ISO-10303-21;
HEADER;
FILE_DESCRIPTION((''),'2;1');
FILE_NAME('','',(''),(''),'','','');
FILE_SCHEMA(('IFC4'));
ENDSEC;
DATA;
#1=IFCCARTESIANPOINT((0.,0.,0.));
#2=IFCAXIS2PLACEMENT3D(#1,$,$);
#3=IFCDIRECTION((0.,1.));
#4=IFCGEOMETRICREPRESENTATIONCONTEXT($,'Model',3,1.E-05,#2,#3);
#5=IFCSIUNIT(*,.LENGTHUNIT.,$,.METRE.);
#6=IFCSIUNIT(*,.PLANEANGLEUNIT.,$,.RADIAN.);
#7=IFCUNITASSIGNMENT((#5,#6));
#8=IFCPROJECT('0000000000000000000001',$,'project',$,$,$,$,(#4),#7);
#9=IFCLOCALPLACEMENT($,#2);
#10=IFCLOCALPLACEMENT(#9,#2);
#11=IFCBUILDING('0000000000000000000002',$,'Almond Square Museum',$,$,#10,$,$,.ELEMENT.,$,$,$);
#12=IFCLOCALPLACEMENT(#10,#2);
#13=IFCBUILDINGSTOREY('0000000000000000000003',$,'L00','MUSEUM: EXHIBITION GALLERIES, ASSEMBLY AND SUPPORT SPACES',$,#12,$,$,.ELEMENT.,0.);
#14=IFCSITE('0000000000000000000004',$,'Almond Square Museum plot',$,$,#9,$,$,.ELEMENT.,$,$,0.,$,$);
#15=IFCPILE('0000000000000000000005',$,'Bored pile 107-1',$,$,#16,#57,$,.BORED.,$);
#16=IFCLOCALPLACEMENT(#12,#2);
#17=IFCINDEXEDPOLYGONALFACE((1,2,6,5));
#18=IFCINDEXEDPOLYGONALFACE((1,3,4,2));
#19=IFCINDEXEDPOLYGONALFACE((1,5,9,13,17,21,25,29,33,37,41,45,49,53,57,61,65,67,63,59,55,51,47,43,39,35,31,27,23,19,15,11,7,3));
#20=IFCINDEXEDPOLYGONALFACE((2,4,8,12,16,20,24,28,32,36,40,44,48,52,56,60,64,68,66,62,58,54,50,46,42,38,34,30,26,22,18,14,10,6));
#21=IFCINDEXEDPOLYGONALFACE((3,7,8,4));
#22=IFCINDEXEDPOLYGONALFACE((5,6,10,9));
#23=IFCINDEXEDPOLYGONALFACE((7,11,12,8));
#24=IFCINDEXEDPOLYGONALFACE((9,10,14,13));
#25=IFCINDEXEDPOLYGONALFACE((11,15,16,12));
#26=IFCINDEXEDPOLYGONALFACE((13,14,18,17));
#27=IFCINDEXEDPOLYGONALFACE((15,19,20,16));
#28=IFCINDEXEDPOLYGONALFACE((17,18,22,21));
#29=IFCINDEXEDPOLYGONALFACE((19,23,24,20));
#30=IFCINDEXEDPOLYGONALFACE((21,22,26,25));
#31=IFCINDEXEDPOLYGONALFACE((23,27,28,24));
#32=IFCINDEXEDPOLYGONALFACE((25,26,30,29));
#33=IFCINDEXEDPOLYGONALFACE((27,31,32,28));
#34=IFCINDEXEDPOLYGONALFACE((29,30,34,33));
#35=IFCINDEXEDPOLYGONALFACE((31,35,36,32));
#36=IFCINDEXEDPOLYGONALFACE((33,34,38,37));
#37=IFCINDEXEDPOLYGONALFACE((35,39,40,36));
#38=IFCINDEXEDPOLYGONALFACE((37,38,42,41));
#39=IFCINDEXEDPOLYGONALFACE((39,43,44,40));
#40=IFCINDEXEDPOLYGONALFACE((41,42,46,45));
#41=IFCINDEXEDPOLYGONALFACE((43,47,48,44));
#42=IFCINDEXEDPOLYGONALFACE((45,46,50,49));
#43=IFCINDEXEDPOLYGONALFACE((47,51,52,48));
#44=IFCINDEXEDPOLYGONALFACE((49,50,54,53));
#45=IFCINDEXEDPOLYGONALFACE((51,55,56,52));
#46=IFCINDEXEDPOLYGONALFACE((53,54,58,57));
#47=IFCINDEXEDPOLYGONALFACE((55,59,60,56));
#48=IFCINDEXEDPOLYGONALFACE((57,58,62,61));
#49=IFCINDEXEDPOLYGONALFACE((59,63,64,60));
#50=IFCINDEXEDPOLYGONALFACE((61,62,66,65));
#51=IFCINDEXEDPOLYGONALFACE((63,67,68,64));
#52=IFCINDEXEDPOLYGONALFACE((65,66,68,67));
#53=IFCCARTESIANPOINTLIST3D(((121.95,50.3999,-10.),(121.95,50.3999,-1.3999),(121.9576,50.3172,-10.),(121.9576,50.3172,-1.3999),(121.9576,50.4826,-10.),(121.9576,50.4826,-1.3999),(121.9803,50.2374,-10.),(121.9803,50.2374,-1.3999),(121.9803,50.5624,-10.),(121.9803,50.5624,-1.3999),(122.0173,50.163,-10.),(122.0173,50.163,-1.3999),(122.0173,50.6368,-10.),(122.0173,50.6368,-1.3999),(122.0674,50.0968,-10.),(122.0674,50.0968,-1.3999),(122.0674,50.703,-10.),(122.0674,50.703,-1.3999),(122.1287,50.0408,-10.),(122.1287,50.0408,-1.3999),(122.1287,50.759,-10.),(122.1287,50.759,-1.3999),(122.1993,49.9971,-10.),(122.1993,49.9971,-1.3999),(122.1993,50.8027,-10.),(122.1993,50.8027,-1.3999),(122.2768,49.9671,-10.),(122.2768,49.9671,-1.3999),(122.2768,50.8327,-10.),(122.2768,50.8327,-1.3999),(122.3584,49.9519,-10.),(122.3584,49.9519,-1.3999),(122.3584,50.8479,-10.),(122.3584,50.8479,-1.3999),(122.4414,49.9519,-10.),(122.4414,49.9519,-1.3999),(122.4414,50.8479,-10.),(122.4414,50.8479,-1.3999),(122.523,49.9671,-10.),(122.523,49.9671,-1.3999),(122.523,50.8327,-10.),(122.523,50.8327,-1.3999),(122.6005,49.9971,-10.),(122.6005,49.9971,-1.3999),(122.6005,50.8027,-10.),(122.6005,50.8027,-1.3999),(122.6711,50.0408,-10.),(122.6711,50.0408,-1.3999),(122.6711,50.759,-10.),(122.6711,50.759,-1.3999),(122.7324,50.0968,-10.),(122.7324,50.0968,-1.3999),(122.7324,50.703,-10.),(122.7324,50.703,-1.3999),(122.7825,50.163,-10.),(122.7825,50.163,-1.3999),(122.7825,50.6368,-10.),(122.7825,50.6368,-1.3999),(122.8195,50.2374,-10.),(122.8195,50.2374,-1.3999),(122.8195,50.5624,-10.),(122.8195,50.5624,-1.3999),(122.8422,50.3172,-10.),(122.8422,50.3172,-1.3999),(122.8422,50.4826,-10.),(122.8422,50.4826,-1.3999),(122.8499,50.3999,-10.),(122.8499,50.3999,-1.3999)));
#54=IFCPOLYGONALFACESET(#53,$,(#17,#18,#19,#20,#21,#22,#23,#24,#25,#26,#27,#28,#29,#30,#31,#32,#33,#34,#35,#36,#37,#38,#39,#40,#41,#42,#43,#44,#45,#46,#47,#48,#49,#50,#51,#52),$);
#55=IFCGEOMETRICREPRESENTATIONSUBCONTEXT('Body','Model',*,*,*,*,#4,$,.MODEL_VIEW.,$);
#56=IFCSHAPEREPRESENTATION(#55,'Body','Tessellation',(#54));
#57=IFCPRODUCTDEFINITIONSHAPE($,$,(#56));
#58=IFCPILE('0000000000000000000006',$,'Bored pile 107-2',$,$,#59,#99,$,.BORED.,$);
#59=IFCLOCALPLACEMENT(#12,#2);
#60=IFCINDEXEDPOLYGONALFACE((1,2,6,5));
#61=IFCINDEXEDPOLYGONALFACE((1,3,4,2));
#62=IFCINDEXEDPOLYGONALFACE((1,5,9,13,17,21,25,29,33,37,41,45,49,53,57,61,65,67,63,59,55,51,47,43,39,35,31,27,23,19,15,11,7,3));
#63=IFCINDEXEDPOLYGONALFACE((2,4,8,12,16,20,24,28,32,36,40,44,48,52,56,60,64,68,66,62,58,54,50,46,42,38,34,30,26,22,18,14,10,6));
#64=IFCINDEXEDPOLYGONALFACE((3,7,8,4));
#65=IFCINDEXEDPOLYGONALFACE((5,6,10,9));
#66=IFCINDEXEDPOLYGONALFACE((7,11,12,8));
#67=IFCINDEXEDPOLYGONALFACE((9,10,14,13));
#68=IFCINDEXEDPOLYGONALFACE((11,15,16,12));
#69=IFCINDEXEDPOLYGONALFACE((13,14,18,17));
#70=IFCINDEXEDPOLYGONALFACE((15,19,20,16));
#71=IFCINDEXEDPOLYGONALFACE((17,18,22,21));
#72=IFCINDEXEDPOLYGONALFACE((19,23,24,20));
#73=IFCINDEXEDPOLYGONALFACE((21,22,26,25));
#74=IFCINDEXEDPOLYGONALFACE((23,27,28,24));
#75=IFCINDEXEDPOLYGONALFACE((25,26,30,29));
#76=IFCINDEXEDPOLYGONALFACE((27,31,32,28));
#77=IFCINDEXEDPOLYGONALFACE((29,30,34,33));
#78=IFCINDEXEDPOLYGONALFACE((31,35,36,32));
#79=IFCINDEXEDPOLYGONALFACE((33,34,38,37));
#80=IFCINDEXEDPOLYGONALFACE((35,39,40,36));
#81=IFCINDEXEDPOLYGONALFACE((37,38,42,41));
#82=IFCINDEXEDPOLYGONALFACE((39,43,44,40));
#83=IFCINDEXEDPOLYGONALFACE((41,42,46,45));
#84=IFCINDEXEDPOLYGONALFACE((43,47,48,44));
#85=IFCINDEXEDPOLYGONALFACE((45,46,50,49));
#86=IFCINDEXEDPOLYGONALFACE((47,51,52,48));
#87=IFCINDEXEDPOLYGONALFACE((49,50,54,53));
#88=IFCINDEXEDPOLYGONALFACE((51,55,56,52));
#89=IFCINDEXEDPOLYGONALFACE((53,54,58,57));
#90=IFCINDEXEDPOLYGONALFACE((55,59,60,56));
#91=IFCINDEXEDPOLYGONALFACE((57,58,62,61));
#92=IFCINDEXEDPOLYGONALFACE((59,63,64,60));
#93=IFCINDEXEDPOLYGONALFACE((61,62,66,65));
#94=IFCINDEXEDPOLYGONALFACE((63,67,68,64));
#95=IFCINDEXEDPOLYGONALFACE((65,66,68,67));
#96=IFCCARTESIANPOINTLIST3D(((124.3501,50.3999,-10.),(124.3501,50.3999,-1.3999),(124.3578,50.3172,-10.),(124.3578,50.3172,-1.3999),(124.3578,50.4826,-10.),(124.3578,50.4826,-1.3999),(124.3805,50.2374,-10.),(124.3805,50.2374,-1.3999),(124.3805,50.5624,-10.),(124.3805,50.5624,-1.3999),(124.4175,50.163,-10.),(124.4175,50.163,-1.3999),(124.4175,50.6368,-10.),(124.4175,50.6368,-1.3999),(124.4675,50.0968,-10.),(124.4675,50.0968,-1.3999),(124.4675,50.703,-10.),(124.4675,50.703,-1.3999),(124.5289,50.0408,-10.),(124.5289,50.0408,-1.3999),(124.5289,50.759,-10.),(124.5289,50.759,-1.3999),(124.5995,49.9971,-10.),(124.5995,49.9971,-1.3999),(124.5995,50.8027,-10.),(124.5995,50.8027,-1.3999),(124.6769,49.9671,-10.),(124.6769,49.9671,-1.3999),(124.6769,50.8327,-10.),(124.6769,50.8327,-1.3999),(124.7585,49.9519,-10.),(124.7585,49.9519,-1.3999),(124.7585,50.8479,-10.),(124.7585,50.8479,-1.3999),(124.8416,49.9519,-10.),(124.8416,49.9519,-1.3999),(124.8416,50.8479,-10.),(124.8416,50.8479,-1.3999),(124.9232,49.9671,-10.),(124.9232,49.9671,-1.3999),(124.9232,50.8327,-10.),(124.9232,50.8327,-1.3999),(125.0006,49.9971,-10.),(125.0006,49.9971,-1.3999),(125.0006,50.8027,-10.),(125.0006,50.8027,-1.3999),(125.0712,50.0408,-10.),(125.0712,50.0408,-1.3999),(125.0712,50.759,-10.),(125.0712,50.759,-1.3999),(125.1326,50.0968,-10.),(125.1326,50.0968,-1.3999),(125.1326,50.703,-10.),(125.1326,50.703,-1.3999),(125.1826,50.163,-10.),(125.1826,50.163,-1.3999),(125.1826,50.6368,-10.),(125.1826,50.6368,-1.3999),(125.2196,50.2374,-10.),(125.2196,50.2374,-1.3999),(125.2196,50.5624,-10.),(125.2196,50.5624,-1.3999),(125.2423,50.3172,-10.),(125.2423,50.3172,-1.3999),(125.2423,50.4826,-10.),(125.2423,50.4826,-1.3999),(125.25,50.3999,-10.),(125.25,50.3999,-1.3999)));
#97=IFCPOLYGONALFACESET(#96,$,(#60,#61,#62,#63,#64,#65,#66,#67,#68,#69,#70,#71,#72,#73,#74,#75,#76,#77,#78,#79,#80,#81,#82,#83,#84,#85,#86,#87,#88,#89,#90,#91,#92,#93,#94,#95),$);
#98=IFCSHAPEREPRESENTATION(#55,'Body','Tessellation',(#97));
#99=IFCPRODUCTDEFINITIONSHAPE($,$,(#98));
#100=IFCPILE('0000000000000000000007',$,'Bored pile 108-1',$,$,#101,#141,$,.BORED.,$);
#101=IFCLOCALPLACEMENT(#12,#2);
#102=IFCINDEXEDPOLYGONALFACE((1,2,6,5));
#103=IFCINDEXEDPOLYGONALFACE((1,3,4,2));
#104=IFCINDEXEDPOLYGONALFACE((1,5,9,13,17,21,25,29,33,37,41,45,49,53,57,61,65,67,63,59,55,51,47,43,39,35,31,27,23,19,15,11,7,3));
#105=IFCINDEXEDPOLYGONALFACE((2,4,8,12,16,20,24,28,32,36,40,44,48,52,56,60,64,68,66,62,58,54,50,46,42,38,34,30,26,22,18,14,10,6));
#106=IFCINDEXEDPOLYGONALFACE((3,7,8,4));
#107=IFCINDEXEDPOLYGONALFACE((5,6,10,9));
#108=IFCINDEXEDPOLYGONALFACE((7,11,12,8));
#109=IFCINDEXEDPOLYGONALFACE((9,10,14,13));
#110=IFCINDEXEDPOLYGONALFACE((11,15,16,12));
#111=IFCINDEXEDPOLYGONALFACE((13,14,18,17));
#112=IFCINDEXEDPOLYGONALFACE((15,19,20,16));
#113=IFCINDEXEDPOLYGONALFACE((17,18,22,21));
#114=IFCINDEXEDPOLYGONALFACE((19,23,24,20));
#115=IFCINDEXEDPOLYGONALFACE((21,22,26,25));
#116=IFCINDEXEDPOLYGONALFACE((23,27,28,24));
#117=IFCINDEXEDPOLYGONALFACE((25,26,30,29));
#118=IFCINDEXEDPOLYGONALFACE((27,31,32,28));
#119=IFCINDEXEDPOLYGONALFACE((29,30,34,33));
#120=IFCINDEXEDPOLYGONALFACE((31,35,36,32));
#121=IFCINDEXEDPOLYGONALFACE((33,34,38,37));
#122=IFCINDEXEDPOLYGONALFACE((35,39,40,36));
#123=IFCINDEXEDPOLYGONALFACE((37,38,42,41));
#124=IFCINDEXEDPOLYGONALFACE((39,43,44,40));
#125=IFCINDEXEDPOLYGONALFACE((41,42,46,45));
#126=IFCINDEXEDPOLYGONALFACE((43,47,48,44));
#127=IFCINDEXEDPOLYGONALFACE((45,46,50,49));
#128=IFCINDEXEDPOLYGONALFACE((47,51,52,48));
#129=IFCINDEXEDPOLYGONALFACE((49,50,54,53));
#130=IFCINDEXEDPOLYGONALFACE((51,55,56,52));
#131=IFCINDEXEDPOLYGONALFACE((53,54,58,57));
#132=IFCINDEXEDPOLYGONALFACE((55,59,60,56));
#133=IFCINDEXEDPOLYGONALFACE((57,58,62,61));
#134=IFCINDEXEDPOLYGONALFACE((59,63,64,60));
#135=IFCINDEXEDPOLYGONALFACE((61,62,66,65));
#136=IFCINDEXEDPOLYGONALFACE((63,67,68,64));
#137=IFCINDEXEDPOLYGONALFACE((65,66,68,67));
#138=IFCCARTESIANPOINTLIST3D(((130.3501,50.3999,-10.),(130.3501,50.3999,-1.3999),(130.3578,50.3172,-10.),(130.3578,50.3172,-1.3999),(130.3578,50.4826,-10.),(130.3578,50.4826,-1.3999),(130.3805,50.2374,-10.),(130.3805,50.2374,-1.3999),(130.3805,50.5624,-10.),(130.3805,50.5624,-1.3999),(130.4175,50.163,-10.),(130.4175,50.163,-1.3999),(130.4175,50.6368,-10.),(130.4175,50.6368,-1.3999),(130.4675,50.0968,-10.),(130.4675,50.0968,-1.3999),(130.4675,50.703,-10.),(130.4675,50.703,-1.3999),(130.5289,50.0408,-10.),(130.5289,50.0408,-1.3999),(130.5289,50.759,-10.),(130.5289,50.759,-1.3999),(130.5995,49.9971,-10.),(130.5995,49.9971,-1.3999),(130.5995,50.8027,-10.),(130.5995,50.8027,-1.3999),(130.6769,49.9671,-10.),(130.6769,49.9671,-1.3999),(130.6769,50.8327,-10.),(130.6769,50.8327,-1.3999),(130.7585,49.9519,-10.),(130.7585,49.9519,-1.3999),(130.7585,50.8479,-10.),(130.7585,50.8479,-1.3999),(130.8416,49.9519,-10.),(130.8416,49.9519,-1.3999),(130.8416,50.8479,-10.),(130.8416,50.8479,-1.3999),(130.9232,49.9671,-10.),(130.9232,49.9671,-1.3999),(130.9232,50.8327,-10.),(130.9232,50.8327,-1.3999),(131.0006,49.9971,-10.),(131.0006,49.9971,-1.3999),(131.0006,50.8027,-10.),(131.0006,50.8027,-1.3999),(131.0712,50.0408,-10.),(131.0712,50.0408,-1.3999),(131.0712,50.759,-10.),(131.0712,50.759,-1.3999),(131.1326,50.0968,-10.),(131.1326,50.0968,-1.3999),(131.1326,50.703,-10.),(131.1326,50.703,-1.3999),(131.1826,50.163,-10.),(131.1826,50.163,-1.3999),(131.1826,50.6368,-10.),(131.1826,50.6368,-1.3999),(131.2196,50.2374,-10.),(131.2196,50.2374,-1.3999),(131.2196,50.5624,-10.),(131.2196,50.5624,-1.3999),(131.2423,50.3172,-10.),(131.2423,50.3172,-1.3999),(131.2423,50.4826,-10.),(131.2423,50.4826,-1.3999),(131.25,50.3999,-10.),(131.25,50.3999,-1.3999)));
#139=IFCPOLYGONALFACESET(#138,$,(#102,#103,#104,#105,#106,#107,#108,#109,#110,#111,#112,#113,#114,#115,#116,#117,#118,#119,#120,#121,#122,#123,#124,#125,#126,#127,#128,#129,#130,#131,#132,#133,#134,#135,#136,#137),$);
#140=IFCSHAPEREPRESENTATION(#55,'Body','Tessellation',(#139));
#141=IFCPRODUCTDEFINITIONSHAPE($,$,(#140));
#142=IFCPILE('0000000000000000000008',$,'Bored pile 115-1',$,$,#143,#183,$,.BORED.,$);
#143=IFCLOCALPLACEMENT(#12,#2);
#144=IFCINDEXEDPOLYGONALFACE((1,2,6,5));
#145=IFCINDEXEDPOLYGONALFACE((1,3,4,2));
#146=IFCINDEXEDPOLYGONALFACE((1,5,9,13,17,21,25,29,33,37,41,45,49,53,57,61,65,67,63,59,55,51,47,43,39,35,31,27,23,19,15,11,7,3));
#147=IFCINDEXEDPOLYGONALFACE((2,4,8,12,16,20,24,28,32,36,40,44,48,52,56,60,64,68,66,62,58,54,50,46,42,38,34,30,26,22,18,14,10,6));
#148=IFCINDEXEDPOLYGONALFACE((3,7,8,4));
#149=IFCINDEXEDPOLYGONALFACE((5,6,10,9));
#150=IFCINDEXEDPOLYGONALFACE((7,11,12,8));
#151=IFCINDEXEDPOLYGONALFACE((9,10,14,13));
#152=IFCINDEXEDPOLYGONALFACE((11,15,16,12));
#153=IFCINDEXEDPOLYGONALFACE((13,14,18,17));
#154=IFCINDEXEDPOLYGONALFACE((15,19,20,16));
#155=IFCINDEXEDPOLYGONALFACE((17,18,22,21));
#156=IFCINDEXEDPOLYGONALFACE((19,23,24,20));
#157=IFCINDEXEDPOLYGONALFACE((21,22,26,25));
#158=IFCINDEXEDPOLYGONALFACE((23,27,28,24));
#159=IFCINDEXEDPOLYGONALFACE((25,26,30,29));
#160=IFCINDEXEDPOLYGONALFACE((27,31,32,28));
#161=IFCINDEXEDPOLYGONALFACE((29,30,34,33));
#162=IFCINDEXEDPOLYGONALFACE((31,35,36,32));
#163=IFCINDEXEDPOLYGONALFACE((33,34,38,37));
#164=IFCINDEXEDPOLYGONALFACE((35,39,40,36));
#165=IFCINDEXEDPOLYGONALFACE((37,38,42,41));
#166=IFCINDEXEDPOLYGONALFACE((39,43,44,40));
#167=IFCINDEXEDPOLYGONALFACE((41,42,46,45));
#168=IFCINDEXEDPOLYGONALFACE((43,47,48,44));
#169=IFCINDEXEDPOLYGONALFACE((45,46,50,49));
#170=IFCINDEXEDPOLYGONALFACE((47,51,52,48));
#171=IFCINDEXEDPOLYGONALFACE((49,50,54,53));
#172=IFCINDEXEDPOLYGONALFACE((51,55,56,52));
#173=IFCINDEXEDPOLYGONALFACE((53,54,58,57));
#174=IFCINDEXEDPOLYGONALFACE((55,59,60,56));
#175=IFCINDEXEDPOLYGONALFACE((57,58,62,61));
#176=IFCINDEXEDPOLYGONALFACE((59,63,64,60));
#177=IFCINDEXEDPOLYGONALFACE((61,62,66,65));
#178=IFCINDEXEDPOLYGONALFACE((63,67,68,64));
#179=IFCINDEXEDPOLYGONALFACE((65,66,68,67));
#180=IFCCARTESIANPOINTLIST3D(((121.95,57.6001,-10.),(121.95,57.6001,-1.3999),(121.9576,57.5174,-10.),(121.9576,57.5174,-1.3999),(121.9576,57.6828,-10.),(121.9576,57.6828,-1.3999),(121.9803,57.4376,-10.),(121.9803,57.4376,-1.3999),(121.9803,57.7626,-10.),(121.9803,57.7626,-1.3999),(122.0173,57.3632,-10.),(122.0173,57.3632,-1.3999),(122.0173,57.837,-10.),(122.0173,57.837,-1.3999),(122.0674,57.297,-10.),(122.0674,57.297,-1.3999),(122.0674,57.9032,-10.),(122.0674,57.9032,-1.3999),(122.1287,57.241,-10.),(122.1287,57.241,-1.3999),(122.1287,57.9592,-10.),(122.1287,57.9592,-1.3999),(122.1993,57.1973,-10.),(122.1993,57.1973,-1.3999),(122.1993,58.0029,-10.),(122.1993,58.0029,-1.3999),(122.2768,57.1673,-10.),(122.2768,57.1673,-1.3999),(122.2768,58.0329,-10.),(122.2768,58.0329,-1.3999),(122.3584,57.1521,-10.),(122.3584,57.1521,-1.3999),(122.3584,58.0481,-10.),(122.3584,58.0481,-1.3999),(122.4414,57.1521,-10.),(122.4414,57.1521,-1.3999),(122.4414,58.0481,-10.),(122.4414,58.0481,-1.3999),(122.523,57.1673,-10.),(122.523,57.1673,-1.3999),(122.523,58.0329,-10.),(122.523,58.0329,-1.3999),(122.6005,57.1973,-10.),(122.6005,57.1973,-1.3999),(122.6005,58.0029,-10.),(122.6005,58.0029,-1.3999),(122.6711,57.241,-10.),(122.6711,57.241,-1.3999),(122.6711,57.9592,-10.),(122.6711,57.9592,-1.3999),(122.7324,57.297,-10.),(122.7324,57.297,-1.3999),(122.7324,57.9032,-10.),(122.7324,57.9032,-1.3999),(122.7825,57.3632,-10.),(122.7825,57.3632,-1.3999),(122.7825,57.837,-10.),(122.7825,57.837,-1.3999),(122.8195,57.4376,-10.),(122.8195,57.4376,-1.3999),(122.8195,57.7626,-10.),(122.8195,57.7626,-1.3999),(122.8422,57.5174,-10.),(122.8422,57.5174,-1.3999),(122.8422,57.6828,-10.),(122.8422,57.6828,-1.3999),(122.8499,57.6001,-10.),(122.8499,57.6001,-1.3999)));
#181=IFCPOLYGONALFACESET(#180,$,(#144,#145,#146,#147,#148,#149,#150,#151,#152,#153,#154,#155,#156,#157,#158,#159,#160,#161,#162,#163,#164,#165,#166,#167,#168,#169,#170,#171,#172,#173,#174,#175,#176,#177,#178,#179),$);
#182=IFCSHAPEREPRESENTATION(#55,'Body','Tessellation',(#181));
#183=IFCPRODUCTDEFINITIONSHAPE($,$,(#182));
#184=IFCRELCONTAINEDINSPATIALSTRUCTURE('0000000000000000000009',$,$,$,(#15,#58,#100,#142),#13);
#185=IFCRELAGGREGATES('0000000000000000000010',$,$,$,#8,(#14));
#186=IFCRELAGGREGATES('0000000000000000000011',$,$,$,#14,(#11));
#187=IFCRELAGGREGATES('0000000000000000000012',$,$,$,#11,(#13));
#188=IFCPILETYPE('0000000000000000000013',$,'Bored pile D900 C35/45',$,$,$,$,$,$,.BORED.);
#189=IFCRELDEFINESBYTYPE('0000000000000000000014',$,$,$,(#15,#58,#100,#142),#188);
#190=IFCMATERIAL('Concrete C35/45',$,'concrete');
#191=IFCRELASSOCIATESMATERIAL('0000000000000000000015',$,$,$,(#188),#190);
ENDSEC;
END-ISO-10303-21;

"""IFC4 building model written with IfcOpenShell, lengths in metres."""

from ifc_helpers import new_model, si_unit, direction, frame, origin, origin_2d, place, context, subcontext, project, spatial, circle, extrude, material, material_profile, profile_set, type_object, element, save


model = new_model("IFC4")

# Units and contexts
model_context = context("Model", 3, precision=1e-05, world=origin(), true_north=direction((0.0, 1.0)))
body_context = subcontext(model_context, "Body", "Model", "MODEL_VIEW")
ifc_project = project(units=[si_unit("LENGTHUNIT", "METRE"), si_unit("PLANEANGLEUNIT", "RADIAN")], contexts=[model_context])

# Site, building, storey
site_placement = place(None, origin())
site = spatial("IfcSite", under=ifc_project, at=site_placement, Name="Almond Square Museum plot", CompositionType="ELEMENT", RefElevation=0.0)
building_placement = place(site_placement, origin())
building = spatial("IfcBuilding", under=site, at=building_placement, Name="Almond Square Museum", CompositionType="ELEMENT")
storey_placement = place(building_placement, origin())
storey = spatial("IfcBuildingStorey", under=building, at=storey_placement, Name="L00", Description="MUSEUM: EXHIBITION GALLERIES, ASSEMBLY AND SUPPORT SPACES", CompositionType="ELEMENT", Elevation=0.0)

# Piles
ifc_material_1 = material(Name="Concrete C35/45", Category="concrete")
ifc_material_profile_1 = material_profile(ifc_material_1, circle(Radius=0.45, at=origin_2d()))
ifc_profile_set_1 = profile_set([ifc_material_profile_1], Name="Concrete C35/45")
pile_type = type_object("IfcPileType", Name="Bored pile D900 C35/45", PredefinedType="BORED", material=ifc_profile_set_1)
for number, where, z_axis, x_axis, name in (
    (1, (122.3999, 50.3999, -1.3999), (0.0, 0.0, -1.0), (1.0, 0.0, 0.0), "Bored pile 107-1"),
    (2, (124.8, 50.3999, -1.3999), (0.0, 0.0, -1.0), (1.0, 0.0, 0.0), "Bored pile 107-2"),
    (3, (130.8, 50.3999, -1.3999), (0.0, 0.0, -1.0), (1.0, 0.0, 0.0), "Bored pile 108-1"),
    (4, (122.3999, 57.6001, -1.3999), (0.0, 0.0, -1.0), (1.0, 0.0, 0.0), "Bored pile 115-1"),
):
    element("IfcPile", number, at=place(storey_placement, frame(where, z_axis=z_axis, x_axis=x_axis)), inside=storey, type_object=pile_type, Name=name, PredefinedType="BORED", context=body_context, shape_type="SweptSolid", body=[
        extrude(circle(Radius=0.45, at=origin_2d()), origin(), (0.0, 0.0, 1.0), 8.6001),
    ])

save(model, "model.ifc")
